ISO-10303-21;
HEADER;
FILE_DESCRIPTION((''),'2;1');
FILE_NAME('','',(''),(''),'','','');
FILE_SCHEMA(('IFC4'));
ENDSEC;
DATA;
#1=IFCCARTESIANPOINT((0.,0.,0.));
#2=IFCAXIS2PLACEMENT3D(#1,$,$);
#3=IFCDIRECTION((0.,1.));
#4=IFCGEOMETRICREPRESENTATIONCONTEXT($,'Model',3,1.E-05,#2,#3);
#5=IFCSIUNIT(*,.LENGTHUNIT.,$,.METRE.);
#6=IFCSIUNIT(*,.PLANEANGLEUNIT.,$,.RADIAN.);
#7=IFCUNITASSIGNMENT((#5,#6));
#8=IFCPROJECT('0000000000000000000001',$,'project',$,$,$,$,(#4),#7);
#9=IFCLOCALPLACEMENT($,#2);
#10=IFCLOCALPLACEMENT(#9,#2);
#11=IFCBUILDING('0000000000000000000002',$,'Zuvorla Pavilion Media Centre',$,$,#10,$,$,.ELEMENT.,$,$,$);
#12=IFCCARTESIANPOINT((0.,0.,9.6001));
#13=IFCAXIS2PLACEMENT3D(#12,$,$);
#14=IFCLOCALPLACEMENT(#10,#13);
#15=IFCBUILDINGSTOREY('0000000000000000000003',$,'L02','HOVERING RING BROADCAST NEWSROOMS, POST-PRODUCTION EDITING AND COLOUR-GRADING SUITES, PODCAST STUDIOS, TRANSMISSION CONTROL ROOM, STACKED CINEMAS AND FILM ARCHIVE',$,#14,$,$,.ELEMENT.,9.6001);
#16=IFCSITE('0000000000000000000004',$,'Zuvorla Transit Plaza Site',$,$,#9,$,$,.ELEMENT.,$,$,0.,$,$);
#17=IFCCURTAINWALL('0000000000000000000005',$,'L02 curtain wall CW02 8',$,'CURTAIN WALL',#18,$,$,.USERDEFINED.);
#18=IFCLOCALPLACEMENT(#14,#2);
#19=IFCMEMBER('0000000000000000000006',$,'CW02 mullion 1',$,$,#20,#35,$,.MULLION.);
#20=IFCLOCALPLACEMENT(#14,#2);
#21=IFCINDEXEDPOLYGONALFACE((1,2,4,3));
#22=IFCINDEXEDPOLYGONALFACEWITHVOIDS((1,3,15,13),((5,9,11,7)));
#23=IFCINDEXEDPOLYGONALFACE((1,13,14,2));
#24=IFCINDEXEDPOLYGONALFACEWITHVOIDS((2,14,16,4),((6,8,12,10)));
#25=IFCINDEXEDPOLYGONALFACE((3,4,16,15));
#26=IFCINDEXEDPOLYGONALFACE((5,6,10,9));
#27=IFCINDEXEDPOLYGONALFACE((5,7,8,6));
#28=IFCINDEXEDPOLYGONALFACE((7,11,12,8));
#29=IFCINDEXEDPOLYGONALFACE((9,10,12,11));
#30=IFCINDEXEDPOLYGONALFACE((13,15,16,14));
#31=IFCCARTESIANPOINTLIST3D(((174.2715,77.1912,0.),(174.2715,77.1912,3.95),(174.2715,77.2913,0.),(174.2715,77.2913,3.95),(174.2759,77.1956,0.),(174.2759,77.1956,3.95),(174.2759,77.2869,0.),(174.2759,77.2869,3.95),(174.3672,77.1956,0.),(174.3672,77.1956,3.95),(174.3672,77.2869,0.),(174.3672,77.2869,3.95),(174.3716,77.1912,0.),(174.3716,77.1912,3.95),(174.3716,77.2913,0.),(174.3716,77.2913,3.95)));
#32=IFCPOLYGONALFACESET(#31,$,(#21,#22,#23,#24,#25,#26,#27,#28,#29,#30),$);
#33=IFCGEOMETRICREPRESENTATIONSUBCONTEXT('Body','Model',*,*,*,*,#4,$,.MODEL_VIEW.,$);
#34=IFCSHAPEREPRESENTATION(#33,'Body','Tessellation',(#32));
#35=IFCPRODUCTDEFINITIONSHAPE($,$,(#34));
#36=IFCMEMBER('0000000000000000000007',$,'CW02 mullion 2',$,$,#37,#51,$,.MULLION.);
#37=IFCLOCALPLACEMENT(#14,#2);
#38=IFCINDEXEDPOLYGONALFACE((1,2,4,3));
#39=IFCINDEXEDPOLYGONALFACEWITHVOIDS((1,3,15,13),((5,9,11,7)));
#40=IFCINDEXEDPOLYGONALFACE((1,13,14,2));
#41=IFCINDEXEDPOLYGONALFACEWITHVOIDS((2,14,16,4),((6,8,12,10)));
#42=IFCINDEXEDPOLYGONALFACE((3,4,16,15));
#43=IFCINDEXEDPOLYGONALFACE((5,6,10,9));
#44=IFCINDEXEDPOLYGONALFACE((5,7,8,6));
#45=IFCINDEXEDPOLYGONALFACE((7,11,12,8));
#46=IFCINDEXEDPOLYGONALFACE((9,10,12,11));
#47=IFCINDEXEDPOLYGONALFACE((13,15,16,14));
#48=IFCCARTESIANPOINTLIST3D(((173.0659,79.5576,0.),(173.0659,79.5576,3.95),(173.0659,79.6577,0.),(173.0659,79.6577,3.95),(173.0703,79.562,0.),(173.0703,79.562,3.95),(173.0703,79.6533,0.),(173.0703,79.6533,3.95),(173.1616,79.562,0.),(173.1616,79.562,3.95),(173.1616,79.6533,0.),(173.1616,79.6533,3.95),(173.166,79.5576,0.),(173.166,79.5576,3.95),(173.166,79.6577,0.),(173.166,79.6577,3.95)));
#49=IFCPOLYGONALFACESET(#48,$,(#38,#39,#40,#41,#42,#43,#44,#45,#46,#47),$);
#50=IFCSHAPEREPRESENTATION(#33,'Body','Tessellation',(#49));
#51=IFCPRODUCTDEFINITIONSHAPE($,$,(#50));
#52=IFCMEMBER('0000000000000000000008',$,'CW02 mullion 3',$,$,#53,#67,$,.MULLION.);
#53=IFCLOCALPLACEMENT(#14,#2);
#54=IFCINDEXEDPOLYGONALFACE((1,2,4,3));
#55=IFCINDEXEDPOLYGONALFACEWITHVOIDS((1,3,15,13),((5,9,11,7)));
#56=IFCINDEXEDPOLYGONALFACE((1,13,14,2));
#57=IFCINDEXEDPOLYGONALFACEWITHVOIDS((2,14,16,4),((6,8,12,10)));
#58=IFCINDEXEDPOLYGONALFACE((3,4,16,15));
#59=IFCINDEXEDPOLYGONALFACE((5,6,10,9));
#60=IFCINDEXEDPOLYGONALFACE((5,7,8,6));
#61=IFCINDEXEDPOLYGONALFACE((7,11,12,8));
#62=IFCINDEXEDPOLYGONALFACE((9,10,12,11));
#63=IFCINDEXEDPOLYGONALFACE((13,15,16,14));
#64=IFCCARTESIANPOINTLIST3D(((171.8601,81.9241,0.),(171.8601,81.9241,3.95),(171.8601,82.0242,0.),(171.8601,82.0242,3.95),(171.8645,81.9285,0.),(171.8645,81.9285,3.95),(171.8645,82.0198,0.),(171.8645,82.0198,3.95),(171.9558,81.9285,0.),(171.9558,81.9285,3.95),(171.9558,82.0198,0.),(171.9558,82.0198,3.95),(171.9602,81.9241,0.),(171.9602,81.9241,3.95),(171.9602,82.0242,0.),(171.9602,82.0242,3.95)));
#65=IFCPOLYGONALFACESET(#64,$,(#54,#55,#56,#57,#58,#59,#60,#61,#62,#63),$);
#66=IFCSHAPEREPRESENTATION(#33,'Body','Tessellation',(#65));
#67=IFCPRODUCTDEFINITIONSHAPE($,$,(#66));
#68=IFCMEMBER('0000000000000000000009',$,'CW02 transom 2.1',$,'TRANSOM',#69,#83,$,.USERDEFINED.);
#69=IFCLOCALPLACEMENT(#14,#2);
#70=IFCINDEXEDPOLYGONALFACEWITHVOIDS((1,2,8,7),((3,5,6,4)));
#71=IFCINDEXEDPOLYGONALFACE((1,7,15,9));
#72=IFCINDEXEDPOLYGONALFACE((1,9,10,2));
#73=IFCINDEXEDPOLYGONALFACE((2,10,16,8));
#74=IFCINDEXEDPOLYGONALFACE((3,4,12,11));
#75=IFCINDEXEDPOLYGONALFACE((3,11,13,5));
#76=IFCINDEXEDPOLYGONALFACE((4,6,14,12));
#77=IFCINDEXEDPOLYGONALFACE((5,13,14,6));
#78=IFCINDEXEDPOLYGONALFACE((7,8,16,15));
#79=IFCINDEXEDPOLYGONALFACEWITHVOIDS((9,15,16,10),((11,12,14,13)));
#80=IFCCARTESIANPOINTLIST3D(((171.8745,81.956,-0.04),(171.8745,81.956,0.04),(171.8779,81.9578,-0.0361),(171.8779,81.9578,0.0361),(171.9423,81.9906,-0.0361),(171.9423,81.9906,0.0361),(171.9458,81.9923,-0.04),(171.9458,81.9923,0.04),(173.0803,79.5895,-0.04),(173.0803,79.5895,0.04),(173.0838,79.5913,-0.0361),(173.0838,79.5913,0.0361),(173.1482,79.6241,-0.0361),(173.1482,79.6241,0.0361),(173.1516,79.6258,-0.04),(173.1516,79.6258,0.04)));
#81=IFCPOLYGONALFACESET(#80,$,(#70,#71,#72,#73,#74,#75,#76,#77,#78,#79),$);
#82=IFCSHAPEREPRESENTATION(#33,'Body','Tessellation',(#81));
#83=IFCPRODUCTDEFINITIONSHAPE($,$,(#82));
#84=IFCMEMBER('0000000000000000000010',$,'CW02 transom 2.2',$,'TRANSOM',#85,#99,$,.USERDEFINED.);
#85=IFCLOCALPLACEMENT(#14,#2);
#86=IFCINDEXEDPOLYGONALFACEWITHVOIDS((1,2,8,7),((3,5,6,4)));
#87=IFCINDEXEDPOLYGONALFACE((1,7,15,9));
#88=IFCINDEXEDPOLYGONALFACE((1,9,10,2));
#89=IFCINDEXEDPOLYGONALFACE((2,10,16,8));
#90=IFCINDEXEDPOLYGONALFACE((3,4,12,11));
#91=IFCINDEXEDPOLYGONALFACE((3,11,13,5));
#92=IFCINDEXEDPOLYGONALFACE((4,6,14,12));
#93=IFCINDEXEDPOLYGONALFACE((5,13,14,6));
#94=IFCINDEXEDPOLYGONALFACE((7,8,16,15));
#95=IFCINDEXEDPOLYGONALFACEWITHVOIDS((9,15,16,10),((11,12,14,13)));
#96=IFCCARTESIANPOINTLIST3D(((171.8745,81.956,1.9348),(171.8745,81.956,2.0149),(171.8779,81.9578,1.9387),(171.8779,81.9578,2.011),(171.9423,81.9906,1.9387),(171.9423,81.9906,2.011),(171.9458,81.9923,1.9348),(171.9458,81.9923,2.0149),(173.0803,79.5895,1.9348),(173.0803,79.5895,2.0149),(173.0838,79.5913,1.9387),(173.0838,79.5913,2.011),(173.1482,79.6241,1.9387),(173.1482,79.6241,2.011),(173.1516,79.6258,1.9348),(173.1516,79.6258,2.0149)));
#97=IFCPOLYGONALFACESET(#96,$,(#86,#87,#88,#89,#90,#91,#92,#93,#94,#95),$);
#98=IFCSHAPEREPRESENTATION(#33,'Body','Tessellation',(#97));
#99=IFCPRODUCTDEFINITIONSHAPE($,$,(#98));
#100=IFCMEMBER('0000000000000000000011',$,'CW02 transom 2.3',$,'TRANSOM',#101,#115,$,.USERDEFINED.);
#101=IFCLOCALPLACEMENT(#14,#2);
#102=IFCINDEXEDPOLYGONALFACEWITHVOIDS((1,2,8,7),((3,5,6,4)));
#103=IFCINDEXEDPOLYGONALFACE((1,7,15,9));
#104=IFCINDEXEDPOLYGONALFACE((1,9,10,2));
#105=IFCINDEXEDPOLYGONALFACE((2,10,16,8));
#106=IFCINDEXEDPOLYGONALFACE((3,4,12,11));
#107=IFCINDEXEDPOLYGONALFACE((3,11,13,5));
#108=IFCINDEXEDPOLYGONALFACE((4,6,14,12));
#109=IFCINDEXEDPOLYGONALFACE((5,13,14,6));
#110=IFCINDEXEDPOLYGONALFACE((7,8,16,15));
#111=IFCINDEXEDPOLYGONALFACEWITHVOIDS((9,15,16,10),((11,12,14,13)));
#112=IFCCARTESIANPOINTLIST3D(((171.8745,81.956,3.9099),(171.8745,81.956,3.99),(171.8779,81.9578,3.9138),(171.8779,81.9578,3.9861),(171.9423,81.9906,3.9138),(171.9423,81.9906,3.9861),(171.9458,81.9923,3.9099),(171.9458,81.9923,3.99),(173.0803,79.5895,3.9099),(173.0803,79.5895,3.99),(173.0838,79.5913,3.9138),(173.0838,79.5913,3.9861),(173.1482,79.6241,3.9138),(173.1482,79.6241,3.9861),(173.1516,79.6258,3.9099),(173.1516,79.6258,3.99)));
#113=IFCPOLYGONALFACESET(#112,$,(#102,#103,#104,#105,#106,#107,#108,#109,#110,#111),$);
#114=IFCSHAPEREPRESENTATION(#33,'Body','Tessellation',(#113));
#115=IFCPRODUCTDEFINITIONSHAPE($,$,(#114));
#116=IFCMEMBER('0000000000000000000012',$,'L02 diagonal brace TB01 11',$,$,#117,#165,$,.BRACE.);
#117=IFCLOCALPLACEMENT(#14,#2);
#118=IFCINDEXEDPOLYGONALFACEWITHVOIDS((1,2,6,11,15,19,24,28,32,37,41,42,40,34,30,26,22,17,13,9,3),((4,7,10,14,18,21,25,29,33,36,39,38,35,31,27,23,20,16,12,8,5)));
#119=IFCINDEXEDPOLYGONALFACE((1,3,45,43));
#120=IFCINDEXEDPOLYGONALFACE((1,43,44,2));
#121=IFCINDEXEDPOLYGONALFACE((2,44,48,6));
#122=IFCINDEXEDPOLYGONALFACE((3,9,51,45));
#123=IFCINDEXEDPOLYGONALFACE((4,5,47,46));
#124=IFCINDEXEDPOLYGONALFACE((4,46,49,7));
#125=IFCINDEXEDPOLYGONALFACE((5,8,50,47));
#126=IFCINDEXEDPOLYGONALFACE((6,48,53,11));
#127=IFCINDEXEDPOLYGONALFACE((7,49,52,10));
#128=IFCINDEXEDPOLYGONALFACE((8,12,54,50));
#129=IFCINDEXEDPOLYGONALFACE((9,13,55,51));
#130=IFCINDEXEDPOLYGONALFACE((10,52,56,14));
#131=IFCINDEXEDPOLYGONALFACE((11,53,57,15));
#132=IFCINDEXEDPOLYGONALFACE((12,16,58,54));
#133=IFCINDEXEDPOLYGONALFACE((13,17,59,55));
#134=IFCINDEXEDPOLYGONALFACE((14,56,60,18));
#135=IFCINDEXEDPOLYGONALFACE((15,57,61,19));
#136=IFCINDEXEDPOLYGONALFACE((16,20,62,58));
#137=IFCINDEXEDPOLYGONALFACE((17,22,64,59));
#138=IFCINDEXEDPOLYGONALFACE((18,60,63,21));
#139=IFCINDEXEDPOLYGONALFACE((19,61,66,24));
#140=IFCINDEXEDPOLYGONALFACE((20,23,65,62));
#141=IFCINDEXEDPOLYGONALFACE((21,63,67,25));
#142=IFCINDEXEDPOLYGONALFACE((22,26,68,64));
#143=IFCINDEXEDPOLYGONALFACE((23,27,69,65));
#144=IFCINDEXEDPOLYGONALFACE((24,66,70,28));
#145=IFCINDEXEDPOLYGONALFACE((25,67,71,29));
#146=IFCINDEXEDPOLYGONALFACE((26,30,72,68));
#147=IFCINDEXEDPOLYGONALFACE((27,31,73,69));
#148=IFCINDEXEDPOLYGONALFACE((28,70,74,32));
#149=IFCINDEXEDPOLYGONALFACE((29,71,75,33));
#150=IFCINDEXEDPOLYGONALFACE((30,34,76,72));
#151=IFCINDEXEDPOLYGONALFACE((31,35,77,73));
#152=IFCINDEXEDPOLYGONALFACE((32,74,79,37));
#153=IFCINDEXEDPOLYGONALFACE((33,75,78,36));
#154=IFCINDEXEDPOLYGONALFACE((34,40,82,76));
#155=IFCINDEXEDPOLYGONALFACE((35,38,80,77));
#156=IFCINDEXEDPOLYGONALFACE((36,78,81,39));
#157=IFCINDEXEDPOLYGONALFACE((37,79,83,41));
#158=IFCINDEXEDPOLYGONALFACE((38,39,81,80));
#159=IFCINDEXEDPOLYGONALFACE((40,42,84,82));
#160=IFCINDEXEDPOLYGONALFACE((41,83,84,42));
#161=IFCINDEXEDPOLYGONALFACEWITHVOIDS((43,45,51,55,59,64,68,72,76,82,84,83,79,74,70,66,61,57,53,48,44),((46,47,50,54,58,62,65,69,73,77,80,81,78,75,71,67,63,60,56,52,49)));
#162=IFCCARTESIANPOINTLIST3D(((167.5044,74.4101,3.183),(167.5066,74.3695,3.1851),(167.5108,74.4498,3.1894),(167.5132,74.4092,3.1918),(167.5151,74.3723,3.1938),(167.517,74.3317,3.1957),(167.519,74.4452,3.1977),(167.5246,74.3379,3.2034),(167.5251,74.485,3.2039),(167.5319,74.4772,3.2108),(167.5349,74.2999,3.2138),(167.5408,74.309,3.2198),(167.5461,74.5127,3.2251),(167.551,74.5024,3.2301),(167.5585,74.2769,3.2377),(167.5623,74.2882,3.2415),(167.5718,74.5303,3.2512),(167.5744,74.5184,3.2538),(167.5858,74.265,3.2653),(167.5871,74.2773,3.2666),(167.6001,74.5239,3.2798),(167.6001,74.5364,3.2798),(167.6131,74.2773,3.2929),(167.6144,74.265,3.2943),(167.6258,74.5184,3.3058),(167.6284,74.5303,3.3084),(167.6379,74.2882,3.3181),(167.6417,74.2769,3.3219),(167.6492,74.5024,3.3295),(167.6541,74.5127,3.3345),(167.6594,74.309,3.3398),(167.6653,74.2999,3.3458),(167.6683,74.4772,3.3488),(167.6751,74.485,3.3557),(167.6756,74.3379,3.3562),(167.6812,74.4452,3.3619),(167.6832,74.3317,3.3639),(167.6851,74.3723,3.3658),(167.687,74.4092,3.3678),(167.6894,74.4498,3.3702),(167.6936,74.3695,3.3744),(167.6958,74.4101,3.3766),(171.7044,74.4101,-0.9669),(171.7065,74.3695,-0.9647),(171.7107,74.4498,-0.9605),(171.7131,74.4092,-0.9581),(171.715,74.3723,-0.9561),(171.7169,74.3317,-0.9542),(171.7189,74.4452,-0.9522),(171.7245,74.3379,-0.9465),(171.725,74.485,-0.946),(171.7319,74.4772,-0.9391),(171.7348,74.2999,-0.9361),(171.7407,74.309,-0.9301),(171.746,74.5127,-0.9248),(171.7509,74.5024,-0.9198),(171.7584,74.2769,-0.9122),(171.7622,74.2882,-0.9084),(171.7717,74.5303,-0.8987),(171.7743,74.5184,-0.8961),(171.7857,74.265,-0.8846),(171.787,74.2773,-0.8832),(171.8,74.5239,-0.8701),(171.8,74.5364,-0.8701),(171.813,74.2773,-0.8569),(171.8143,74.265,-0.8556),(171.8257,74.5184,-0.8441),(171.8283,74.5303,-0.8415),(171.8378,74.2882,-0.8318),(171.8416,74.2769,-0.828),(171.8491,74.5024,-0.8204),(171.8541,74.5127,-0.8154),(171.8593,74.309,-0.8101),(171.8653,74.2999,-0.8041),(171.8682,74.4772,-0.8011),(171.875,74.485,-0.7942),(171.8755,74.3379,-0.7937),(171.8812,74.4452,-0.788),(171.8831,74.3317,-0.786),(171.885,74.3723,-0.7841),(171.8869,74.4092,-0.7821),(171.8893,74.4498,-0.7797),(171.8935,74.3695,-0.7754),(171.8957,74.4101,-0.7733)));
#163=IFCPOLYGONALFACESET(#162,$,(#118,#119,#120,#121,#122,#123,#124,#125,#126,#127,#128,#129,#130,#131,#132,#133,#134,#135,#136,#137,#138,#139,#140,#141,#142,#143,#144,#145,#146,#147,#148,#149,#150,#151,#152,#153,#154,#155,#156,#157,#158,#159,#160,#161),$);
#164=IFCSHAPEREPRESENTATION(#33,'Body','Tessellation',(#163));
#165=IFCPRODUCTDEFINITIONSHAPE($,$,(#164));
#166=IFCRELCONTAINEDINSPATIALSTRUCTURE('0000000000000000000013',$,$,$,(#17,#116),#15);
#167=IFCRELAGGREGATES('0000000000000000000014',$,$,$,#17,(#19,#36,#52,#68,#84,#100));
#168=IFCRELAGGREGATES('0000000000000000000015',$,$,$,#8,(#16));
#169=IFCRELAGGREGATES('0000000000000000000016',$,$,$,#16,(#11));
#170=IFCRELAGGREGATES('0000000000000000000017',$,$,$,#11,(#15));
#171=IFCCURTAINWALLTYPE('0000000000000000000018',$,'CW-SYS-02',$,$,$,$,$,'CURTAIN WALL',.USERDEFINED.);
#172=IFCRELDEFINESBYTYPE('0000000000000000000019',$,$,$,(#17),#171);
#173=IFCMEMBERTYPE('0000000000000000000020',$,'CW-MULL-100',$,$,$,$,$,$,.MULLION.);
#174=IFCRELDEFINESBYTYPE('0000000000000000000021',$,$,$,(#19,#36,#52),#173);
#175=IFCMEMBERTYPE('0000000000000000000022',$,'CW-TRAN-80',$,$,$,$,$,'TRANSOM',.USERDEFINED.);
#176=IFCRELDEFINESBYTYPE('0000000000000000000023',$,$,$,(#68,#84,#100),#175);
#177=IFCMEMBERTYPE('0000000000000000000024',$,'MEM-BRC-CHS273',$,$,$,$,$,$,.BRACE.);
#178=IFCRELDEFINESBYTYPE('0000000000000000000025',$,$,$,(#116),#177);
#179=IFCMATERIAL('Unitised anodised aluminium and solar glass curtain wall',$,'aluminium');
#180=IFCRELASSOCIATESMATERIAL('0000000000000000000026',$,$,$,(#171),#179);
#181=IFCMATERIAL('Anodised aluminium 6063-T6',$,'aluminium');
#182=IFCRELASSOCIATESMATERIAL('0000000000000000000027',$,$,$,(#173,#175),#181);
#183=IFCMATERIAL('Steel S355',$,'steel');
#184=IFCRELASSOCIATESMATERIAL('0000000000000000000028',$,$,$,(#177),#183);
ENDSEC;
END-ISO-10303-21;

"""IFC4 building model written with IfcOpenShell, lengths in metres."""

from ifc_helpers import new_model, si_unit, direction, frame, origin, origin_2d, place, context, subcontext, project, spatial, hollow_rectangle, hollow_circle, extrude, material, material_profile, profile_set, type_object, element, aggregate, save


model = new_model("IFC4")

# Units and contexts
model_context = context("Model", 3, precision=1e-05, world=origin(), true_north=direction((0.0, 1.0)))
body_context = subcontext(model_context, "Body", "Model", "MODEL_VIEW")
ifc_project = project(units=[si_unit("LENGTHUNIT", "METRE"), si_unit("PLANEANGLEUNIT", "RADIAN")], contexts=[model_context])

# Site, building, storey
site_placement = place(None, origin())
site = spatial("IfcSite", under=ifc_project, at=site_placement, Name="Zuvorla Transit Plaza Site", CompositionType="ELEMENT", RefElevation=0.0)
building_placement = place(site_placement, origin())
building = spatial("IfcBuilding", under=site, at=building_placement, Name="Zuvorla Pavilion Media Centre", CompositionType="ELEMENT")
storey_placement = place(building_placement, frame((0.0, 0.0, 9.6001)))
storey = spatial("IfcBuildingStorey", under=building, at=storey_placement, Name="L02", Description="HOVERING RING BROADCAST NEWSROOMS, POST-PRODUCTION EDITING AND COLOUR-GRADING SUITES, PODCAST STUDIOS, TRANSMISSION CONTROL ROOM, STACKED CINEMAS AND FILM ARCHIVE", CompositionType="ELEMENT", Elevation=9.6001)

# Shared definitions
ifc_material_1 = material(Name="Steel S355", Category="steel")

# Curtain wall, members
ifc_material_2 = material(Name="Unitised anodised aluminium and solar glass curtain wall", Category="aluminium")
curtain_wall_type = type_object("IfcCurtainWallType", Name="CW-SYS-02", ElementType="CURTAIN WALL", PredefinedType="USERDEFINED", material=ifc_material_2)
curtain_wall_placement = place(storey_placement, origin())
curtain_wall = element("IfcCurtainWall", 1, at=curtain_wall_placement, inside=storey, type_object=curtain_wall_type, Name="L02 curtain wall CW02 8", ObjectType="CURTAIN WALL", PredefinedType="USERDEFINED")
ifc_material_3 = material(Name="Anodised aluminium 6063-T6", Category="aluminium")
ifc_material_profile_1 = material_profile(ifc_material_3, hollow_rectangle(XDim=0.1001, YDim=0.1001, WallThickness=0.0044, at=origin_2d()), Name="ALU MULL 100x100")
ifc_profile_set_1 = profile_set([ifc_material_profile_1], Name="Anodised aluminium 6063-T6")
member_type_1 = type_object("IfcMemberType", Name="CW-MULL-100", PredefinedType="MULLION", material=ifc_profile_set_1)
member_1_placement = place(storey_placement, frame((174.3215, 77.2412, 0.0), z_axis=(0.0, 0.0, 1.0), x_axis=(1.0, 0.0, 0.0)))
member_1 = element("IfcMember", 2, at=member_1_placement, type_object=member_type_1, Name="CW02 mullion 1", PredefinedType="MULLION", context=body_context, shape_type="SweptSolid", body=[
    extrude(hollow_rectangle(XDim=0.1001, YDim=0.1001, WallThickness=0.0044, at=origin_2d()), origin(), (0.0, 0.0, 1.0), 3.95),
])
member_2_placement = place(storey_placement, frame((173.116, 79.6077, 0.0), z_axis=(0.0, 0.0, 1.0), x_axis=(1.0, 0.0, 0.0)))
member_2 = element("IfcMember", 3, at=member_2_placement, type_object=member_type_1, Name="CW02 mullion 2", PredefinedType="MULLION", context=body_context, shape_type="SweptSolid", body=[
    extrude(hollow_rectangle(XDim=0.1001, YDim=0.1001, WallThickness=0.0044, at=origin_2d()), origin(), (0.0, 0.0, 1.0), 3.95),
])
member_3_placement = place(storey_placement, frame((171.9102, 81.9741, 0.0), z_axis=(0.0, 0.0, 1.0), x_axis=(1.0, 0.0, 0.0)))
member_3 = element("IfcMember", 4, at=member_3_placement, type_object=member_type_1, Name="CW02 mullion 3", PredefinedType="MULLION", context=body_context, shape_type="SweptSolid", body=[
    extrude(hollow_rectangle(XDim=0.1001, YDim=0.1001, WallThickness=0.0044, at=origin_2d()), origin(), (0.0, 0.0, 1.0), 3.95),
])
ifc_material_profile_2 = material_profile(ifc_material_3, hollow_rectangle(XDim=0.0801, YDim=0.0801, WallThickness=0.0039, at=origin_2d()), Name="ALU TRAN 80x80")
ifc_profile_set_2 = profile_set([ifc_material_profile_2], Name="Anodised aluminium 6063-T6")
member_type_2 = type_object("IfcMemberType", Name="CW-TRAN-80", ElementType="TRANSOM", PredefinedType="USERDEFINED", material=ifc_profile_set_2)
member_4_placement = place(storey_placement, frame((173.116, 79.6077, 0.0), z_axis=(-0.454003, 0.891, 0.0), x_axis=(-0.891, -0.454003, 0.0)))
member_4 = element("IfcMember", 5, at=member_4_placement, type_object=member_type_2, Name="CW02 transom 2.1", ObjectType="TRANSOM", PredefinedType="USERDEFINED", context=body_context, shape_type="SweptSolid", body=[
    extrude(hollow_rectangle(XDim=0.0801, YDim=0.0801, WallThickness=0.0039, at=origin_2d()), origin(), (0.0, 0.0, 1.0), 2.656),
])
member_5_placement = place(storey_placement, frame((173.116, 79.6077, 1.9749), z_axis=(-0.454003, 0.891, 0.0), x_axis=(-0.891, -0.454003, 0.0)))
member_5 = element("IfcMember", 6, at=member_5_placement, type_object=member_type_2, Name="CW02 transom 2.2", ObjectType="TRANSOM", PredefinedType="USERDEFINED", context=body_context, shape_type="SweptSolid", body=[
    extrude(hollow_rectangle(XDim=0.0801, YDim=0.0801, WallThickness=0.0039, at=origin_2d()), origin(), (0.0, 0.0, 1.0), 2.656),
])
member_6_placement = place(storey_placement, frame((173.116, 79.6077, 3.95), z_axis=(-0.454003, 0.891, 0.0), x_axis=(-0.891, -0.454003, 0.0)))
member_6 = element("IfcMember", 7, at=member_6_placement, type_object=member_type_2, Name="CW02 transom 2.3", ObjectType="TRANSOM", PredefinedType="USERDEFINED", context=body_context, shape_type="SweptSolid", body=[
    extrude(hollow_rectangle(XDim=0.0801, YDim=0.0801, WallThickness=0.0039, at=origin_2d()), origin(), (0.0, 0.0, 1.0), 2.656),
])

# Member
ifc_material_profile_3 = material_profile(ifc_material_1, hollow_circle(Radius=0.1365, WallThickness=0.0125, at=origin_2d()), Name="CHS 273x12.5")
ifc_profile_set_3 = profile_set([ifc_material_profile_3], Name="Steel S355")
member_type_3 = type_object("IfcMemberType", Name="MEM-BRC-CHS273", PredefinedType="BRACE", material=ifc_profile_set_3)
member_7_placement = place(storey_placement, frame((167.6001, 74.3999, 3.2798), z_axis=(0.711332, 0.0, -0.702856), x_axis=(0.0, 1.0, 0.0)))
element("IfcMember", 8, at=member_7_placement, inside=storey, type_object=member_type_3, Name="L02 diagonal brace TB01 11", PredefinedType="BRACE", context=body_context, shape_type="SweptSolid", body=[
    extrude(hollow_circle(Radius=0.1365, WallThickness=0.0125, at=origin_2d()), origin(), (0.0, 0.0, 1.0), 5.9043),
])

aggregate(curtain_wall, [member_1, member_2, member_3, member_4, member_5, member_6])

save(model, "model.ifc")
